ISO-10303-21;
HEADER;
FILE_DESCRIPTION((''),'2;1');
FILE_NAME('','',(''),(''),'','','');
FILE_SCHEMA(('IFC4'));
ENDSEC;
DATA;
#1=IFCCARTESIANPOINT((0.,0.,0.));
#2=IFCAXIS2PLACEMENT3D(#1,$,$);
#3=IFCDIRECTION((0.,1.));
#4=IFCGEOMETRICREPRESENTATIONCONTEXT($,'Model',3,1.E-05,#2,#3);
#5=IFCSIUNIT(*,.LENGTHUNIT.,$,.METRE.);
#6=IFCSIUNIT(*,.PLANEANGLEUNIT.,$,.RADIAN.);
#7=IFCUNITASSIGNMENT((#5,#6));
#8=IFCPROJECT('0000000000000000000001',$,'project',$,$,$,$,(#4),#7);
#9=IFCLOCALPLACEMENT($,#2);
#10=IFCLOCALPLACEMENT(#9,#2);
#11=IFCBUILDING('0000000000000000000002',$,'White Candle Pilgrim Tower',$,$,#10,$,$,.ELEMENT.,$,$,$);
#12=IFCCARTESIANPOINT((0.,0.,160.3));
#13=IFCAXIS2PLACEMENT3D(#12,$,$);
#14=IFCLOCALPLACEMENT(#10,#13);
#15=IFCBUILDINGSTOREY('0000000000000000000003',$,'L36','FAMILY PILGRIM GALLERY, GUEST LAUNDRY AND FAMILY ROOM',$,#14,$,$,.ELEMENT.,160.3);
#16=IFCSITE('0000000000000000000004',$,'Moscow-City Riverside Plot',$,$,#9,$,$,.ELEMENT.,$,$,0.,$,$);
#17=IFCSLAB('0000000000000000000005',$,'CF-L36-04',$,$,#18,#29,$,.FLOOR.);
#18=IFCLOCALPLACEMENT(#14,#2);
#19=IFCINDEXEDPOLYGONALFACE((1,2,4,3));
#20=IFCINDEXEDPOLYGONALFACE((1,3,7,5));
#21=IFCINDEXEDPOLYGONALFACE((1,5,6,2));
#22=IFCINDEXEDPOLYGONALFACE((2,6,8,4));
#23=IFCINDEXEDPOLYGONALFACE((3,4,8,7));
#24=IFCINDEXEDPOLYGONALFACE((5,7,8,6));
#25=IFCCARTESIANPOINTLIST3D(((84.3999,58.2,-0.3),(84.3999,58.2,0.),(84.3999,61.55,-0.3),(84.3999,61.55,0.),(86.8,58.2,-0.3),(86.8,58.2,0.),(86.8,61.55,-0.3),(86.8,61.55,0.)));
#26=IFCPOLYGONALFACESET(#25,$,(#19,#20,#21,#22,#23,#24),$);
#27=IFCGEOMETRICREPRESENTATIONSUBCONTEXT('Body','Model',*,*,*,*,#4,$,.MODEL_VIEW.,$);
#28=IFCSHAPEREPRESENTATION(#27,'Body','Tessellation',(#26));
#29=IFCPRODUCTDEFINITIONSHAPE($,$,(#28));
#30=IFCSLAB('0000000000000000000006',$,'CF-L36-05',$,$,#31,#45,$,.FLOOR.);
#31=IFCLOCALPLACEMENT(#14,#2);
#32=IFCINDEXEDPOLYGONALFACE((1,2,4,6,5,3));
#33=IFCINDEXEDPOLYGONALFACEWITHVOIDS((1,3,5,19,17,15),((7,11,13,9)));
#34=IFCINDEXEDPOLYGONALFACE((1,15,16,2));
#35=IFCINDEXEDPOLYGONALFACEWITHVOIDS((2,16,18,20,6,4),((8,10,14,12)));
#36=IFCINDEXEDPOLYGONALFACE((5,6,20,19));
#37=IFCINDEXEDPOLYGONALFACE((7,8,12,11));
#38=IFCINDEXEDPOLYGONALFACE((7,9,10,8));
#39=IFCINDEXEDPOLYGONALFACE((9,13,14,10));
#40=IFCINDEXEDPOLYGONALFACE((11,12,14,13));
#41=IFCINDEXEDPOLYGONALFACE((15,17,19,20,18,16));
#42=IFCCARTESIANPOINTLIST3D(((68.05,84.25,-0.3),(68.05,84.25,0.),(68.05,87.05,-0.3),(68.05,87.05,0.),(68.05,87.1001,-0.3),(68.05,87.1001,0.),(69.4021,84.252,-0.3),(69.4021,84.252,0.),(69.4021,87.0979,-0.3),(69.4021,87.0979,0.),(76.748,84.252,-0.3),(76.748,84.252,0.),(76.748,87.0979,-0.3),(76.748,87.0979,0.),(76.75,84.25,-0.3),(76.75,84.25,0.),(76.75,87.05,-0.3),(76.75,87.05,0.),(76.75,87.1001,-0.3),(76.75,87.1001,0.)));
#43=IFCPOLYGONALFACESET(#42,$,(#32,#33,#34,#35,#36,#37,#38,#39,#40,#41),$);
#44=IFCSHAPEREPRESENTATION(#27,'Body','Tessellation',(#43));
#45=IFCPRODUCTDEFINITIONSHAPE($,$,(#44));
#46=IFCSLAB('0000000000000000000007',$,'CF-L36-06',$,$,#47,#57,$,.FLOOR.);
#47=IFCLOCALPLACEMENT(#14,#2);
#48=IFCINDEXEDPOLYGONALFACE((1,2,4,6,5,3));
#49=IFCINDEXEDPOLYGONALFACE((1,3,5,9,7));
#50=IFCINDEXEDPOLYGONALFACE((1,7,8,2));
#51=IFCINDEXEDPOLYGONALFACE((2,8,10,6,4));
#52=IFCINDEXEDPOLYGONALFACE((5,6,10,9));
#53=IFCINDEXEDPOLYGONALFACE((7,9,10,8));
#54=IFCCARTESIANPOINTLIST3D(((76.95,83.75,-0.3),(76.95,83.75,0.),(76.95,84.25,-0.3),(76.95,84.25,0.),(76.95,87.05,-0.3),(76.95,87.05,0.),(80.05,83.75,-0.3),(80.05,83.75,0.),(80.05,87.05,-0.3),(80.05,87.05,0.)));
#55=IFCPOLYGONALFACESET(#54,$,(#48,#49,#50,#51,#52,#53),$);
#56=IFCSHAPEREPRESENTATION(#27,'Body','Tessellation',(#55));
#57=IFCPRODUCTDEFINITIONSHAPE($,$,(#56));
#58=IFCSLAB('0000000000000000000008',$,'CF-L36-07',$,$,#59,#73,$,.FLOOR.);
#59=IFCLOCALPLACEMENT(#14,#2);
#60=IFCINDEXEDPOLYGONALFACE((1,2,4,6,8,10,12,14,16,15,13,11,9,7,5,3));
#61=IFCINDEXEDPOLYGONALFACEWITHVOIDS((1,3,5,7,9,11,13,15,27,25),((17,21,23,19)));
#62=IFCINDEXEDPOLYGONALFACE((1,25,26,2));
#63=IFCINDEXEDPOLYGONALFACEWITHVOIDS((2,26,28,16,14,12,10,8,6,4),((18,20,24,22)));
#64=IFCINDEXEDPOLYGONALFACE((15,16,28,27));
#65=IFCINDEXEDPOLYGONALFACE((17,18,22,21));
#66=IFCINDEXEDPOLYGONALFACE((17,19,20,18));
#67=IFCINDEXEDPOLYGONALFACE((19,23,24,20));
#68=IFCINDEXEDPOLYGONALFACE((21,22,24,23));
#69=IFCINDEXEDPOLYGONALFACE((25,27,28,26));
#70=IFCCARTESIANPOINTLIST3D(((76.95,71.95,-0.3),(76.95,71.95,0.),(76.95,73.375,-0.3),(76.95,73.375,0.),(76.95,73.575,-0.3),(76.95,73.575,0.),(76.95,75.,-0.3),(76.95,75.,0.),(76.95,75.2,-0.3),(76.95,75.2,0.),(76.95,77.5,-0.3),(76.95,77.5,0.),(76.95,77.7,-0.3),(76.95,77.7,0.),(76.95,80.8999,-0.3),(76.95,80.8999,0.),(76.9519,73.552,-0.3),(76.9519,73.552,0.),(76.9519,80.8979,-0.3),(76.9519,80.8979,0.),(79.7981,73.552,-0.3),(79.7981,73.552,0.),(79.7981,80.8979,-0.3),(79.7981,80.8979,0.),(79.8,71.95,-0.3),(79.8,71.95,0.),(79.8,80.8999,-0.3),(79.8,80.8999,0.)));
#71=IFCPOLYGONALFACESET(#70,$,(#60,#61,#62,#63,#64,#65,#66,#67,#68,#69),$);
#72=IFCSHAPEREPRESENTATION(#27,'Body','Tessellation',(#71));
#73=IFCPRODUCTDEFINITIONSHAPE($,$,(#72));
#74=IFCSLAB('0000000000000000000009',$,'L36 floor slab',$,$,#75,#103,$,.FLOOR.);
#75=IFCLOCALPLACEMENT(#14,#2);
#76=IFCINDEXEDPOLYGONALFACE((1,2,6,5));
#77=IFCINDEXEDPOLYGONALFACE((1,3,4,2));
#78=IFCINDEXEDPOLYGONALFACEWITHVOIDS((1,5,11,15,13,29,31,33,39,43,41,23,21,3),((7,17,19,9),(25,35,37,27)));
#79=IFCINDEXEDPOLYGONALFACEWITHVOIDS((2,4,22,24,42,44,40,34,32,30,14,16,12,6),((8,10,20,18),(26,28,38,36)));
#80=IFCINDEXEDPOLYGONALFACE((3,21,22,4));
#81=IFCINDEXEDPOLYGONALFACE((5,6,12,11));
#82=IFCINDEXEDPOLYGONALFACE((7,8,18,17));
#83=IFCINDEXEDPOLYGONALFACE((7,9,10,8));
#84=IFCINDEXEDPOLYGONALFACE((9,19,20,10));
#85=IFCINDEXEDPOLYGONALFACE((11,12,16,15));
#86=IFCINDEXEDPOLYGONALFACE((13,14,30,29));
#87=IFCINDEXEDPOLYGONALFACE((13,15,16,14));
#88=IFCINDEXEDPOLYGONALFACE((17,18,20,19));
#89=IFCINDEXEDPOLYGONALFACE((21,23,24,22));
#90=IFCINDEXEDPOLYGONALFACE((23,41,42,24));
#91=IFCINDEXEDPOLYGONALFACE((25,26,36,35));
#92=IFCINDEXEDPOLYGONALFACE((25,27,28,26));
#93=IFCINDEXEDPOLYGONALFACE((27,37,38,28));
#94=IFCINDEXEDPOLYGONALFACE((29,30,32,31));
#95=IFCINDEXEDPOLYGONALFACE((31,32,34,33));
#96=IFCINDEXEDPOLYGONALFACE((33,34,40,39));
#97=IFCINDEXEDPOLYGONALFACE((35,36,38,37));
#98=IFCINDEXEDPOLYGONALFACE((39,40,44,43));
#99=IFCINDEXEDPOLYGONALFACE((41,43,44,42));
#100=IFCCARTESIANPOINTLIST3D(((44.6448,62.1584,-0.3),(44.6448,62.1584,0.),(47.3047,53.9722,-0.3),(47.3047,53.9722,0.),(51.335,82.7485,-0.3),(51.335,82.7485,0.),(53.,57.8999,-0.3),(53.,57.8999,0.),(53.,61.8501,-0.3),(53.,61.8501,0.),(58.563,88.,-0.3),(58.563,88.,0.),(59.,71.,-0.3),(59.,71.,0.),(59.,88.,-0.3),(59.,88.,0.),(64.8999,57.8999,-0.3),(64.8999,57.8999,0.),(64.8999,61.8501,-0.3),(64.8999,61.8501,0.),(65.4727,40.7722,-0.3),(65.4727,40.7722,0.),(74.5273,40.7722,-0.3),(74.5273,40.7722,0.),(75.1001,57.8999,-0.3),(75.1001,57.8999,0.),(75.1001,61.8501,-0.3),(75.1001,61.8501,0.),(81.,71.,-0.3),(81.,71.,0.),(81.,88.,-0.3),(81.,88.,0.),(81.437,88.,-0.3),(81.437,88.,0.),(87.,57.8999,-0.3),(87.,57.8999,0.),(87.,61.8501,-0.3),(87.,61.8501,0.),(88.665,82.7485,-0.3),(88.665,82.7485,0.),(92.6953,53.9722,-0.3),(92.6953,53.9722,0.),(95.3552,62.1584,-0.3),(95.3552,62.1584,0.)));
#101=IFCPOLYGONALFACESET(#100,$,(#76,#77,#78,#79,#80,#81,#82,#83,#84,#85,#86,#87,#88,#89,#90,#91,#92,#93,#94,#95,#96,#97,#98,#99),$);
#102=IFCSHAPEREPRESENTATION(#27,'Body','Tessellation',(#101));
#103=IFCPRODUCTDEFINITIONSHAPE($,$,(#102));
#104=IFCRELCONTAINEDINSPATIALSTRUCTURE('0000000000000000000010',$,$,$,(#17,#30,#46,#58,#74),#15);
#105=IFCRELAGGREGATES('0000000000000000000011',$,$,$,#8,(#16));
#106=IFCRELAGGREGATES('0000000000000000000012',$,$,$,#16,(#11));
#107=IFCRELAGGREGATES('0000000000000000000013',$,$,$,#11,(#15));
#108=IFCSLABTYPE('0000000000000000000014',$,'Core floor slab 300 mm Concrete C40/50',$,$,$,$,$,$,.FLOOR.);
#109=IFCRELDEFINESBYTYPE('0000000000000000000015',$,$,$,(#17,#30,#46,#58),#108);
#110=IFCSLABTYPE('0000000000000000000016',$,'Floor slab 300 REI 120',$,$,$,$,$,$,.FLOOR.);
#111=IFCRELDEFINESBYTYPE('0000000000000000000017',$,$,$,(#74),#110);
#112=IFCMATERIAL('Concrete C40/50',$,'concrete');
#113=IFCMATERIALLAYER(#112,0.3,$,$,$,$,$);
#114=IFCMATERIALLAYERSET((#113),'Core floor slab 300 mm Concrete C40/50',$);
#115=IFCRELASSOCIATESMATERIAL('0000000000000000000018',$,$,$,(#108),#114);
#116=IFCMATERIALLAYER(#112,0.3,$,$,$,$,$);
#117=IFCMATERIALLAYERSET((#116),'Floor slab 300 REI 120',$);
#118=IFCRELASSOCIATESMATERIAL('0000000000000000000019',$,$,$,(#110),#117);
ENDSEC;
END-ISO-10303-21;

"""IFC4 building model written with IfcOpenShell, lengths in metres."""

from ifc_helpers import new_model, si_unit, direction, frame, origin, place, context, subcontext, project, spatial, polyline, outline, extrude, material, layer, layer_set, type_object, element, save


model = new_model("IFC4")

# Units and contexts
model_context = context("Model", 3, precision=1e-05, world=origin(), true_north=direction((0.0, 1.0)))
body_context = subcontext(model_context, "Body", "Model", "MODEL_VIEW")
ifc_project = project(units=[si_unit("LENGTHUNIT", "METRE"), si_unit("PLANEANGLEUNIT", "RADIAN")], contexts=[model_context])

# Site, building, storey
site_placement = place(None, origin())
site = spatial("IfcSite", under=ifc_project, at=site_placement, Name="Moscow-City Riverside Plot", CompositionType="ELEMENT", RefElevation=0.0)
building_placement = place(site_placement, origin())
building = spatial("IfcBuilding", under=site, at=building_placement, Name="White Candle Pilgrim Tower", CompositionType="ELEMENT")
storey_placement = place(building_placement, frame((0.0, 0.0, 160.3)))
storey = spatial("IfcBuildingStorey", under=building, at=storey_placement, Name="L36", Description="FAMILY PILGRIM GALLERY, GUEST LAUNDRY AND FAMILY ROOM", CompositionType="ELEMENT", Elevation=160.3)

# Slabs
ifc_material_1 = material(Name="Concrete C40/50", Category="concrete")
ifc_layer_1 = layer(ifc_material_1, 0.3)
ifc_layer_set_1 = layer_set([ifc_layer_1], Name="Core floor slab 300 mm Concrete C40/50")
slab_type_1 = type_object("IfcSlabType", Name="Core floor slab 300 mm Concrete C40/50", PredefinedType="FLOOR", material=ifc_layer_set_1)
slab_1_placement = place(storey_placement, frame((0.0, 0.0, -0.3)))
element("IfcSlab", 1, at=slab_1_placement, inside=storey, type_object=slab_type_1, Name="CF-L36-04", PredefinedType="FLOOR", context=body_context, shape_type="SweptSolid", body=[
    extrude(outline(polyline([(86.8, 58.2), (84.3999, 58.2), (84.3999, 61.55), (86.8, 61.55), (86.8, 58.2)])), origin(), (0.0, 0.0, 1.0), 0.3),
])
slab_2_placement = place(storey_placement, frame((0.0, 0.0, -0.3)))
element("IfcSlab", 2, at=slab_2_placement, inside=storey, type_object=slab_type_1, Name="CF-L36-05", PredefinedType="FLOOR", context=body_context, shape_type="SweptSolid", body=[
    extrude(outline(polyline([(76.75, 87.1001), (76.75, 87.05), (76.75, 84.25), (68.05, 84.25), (68.05, 87.05), (68.05, 87.1001), (76.75, 87.1001)]), holes=[polyline([(69.4021, 87.0979), (69.4021, 84.252), (76.748, 84.252), (76.748, 87.0979), (69.4021, 87.0979)])]), origin(), (0.0, 0.0, 1.0), 0.3),
])
slab_3_placement = place(storey_placement, frame((0.0, 0.0, -0.3)))
element("IfcSlab", 3, at=slab_3_placement, inside=storey, type_object=slab_type_1, Name="CF-L36-06", PredefinedType="FLOOR", context=body_context, shape_type="SweptSolid", body=[
    extrude(outline(polyline([(80.05, 87.05), (80.05, 83.75), (76.95, 83.75), (76.95, 84.25), (76.95, 87.05), (80.05, 87.05)])), origin(), (0.0, 0.0, 1.0), 0.3),
])
slab_4_placement = place(storey_placement, frame((0.0, 0.0, -0.3)))
element("IfcSlab", 4, at=slab_4_placement, inside=storey, type_object=slab_type_1, Name="CF-L36-07", PredefinedType="FLOOR", context=body_context, shape_type="SweptSolid", body=[
    extrude(outline(polyline([(76.95, 71.95), (76.95, 73.375), (76.95, 73.575), (76.95, 75.0), (76.95, 75.2), (76.95, 77.5), (76.95, 77.7), (76.95, 80.8999), (79.8, 80.8999), (79.8, 71.95), (76.95, 71.95)]), holes=[polyline([(76.9519, 73.552), (79.7981, 73.552), (79.7981, 80.8979), (76.9519, 80.8979), (76.9519, 73.552)])]), origin(), (0.0, 0.0, 1.0), 0.3),
])
ifc_layer_2 = layer(ifc_material_1, 0.3)
ifc_layer_set_2 = layer_set([ifc_layer_2], Name="Floor slab 300 REI 120")
slab_type_2 = type_object("IfcSlabType", Name="Floor slab 300 REI 120", PredefinedType="FLOOR", material=ifc_layer_set_2)
slab_5_placement = place(storey_placement, frame((0.0, 0.0, -0.3)))
element("IfcSlab", 5, at=slab_5_placement, inside=storey, type_object=slab_type_2, Name="L36 floor slab", PredefinedType="FLOOR", context=body_context, shape_type="SweptSolid", body=[
    extrude(outline(polyline([(65.4727, 40.7722), (74.5273, 40.7722), (92.6953, 53.9722), (95.3552, 62.1584), (88.665, 82.7485), (81.437, 88.0), (81.0, 88.0), (81.0, 71.0), (59.0, 71.0), (59.0, 88.0), (58.563, 88.0), (51.335, 82.7485), (44.6448, 62.1584), (47.3047, 53.9722), (65.4727, 40.7722)]), holes=[polyline([(53.0, 57.8999), (53.0, 61.8501), (64.8999, 61.8501), (64.8999, 57.8999), (53.0, 57.8999)]), polyline([(75.1001, 57.8999), (75.1001, 61.8501), (87.0, 61.8501), (87.0, 57.8999), (75.1001, 57.8999)])]), origin(), (0.0, 0.0, 1.0), 0.3),
])

save(model, "model.ifc")
